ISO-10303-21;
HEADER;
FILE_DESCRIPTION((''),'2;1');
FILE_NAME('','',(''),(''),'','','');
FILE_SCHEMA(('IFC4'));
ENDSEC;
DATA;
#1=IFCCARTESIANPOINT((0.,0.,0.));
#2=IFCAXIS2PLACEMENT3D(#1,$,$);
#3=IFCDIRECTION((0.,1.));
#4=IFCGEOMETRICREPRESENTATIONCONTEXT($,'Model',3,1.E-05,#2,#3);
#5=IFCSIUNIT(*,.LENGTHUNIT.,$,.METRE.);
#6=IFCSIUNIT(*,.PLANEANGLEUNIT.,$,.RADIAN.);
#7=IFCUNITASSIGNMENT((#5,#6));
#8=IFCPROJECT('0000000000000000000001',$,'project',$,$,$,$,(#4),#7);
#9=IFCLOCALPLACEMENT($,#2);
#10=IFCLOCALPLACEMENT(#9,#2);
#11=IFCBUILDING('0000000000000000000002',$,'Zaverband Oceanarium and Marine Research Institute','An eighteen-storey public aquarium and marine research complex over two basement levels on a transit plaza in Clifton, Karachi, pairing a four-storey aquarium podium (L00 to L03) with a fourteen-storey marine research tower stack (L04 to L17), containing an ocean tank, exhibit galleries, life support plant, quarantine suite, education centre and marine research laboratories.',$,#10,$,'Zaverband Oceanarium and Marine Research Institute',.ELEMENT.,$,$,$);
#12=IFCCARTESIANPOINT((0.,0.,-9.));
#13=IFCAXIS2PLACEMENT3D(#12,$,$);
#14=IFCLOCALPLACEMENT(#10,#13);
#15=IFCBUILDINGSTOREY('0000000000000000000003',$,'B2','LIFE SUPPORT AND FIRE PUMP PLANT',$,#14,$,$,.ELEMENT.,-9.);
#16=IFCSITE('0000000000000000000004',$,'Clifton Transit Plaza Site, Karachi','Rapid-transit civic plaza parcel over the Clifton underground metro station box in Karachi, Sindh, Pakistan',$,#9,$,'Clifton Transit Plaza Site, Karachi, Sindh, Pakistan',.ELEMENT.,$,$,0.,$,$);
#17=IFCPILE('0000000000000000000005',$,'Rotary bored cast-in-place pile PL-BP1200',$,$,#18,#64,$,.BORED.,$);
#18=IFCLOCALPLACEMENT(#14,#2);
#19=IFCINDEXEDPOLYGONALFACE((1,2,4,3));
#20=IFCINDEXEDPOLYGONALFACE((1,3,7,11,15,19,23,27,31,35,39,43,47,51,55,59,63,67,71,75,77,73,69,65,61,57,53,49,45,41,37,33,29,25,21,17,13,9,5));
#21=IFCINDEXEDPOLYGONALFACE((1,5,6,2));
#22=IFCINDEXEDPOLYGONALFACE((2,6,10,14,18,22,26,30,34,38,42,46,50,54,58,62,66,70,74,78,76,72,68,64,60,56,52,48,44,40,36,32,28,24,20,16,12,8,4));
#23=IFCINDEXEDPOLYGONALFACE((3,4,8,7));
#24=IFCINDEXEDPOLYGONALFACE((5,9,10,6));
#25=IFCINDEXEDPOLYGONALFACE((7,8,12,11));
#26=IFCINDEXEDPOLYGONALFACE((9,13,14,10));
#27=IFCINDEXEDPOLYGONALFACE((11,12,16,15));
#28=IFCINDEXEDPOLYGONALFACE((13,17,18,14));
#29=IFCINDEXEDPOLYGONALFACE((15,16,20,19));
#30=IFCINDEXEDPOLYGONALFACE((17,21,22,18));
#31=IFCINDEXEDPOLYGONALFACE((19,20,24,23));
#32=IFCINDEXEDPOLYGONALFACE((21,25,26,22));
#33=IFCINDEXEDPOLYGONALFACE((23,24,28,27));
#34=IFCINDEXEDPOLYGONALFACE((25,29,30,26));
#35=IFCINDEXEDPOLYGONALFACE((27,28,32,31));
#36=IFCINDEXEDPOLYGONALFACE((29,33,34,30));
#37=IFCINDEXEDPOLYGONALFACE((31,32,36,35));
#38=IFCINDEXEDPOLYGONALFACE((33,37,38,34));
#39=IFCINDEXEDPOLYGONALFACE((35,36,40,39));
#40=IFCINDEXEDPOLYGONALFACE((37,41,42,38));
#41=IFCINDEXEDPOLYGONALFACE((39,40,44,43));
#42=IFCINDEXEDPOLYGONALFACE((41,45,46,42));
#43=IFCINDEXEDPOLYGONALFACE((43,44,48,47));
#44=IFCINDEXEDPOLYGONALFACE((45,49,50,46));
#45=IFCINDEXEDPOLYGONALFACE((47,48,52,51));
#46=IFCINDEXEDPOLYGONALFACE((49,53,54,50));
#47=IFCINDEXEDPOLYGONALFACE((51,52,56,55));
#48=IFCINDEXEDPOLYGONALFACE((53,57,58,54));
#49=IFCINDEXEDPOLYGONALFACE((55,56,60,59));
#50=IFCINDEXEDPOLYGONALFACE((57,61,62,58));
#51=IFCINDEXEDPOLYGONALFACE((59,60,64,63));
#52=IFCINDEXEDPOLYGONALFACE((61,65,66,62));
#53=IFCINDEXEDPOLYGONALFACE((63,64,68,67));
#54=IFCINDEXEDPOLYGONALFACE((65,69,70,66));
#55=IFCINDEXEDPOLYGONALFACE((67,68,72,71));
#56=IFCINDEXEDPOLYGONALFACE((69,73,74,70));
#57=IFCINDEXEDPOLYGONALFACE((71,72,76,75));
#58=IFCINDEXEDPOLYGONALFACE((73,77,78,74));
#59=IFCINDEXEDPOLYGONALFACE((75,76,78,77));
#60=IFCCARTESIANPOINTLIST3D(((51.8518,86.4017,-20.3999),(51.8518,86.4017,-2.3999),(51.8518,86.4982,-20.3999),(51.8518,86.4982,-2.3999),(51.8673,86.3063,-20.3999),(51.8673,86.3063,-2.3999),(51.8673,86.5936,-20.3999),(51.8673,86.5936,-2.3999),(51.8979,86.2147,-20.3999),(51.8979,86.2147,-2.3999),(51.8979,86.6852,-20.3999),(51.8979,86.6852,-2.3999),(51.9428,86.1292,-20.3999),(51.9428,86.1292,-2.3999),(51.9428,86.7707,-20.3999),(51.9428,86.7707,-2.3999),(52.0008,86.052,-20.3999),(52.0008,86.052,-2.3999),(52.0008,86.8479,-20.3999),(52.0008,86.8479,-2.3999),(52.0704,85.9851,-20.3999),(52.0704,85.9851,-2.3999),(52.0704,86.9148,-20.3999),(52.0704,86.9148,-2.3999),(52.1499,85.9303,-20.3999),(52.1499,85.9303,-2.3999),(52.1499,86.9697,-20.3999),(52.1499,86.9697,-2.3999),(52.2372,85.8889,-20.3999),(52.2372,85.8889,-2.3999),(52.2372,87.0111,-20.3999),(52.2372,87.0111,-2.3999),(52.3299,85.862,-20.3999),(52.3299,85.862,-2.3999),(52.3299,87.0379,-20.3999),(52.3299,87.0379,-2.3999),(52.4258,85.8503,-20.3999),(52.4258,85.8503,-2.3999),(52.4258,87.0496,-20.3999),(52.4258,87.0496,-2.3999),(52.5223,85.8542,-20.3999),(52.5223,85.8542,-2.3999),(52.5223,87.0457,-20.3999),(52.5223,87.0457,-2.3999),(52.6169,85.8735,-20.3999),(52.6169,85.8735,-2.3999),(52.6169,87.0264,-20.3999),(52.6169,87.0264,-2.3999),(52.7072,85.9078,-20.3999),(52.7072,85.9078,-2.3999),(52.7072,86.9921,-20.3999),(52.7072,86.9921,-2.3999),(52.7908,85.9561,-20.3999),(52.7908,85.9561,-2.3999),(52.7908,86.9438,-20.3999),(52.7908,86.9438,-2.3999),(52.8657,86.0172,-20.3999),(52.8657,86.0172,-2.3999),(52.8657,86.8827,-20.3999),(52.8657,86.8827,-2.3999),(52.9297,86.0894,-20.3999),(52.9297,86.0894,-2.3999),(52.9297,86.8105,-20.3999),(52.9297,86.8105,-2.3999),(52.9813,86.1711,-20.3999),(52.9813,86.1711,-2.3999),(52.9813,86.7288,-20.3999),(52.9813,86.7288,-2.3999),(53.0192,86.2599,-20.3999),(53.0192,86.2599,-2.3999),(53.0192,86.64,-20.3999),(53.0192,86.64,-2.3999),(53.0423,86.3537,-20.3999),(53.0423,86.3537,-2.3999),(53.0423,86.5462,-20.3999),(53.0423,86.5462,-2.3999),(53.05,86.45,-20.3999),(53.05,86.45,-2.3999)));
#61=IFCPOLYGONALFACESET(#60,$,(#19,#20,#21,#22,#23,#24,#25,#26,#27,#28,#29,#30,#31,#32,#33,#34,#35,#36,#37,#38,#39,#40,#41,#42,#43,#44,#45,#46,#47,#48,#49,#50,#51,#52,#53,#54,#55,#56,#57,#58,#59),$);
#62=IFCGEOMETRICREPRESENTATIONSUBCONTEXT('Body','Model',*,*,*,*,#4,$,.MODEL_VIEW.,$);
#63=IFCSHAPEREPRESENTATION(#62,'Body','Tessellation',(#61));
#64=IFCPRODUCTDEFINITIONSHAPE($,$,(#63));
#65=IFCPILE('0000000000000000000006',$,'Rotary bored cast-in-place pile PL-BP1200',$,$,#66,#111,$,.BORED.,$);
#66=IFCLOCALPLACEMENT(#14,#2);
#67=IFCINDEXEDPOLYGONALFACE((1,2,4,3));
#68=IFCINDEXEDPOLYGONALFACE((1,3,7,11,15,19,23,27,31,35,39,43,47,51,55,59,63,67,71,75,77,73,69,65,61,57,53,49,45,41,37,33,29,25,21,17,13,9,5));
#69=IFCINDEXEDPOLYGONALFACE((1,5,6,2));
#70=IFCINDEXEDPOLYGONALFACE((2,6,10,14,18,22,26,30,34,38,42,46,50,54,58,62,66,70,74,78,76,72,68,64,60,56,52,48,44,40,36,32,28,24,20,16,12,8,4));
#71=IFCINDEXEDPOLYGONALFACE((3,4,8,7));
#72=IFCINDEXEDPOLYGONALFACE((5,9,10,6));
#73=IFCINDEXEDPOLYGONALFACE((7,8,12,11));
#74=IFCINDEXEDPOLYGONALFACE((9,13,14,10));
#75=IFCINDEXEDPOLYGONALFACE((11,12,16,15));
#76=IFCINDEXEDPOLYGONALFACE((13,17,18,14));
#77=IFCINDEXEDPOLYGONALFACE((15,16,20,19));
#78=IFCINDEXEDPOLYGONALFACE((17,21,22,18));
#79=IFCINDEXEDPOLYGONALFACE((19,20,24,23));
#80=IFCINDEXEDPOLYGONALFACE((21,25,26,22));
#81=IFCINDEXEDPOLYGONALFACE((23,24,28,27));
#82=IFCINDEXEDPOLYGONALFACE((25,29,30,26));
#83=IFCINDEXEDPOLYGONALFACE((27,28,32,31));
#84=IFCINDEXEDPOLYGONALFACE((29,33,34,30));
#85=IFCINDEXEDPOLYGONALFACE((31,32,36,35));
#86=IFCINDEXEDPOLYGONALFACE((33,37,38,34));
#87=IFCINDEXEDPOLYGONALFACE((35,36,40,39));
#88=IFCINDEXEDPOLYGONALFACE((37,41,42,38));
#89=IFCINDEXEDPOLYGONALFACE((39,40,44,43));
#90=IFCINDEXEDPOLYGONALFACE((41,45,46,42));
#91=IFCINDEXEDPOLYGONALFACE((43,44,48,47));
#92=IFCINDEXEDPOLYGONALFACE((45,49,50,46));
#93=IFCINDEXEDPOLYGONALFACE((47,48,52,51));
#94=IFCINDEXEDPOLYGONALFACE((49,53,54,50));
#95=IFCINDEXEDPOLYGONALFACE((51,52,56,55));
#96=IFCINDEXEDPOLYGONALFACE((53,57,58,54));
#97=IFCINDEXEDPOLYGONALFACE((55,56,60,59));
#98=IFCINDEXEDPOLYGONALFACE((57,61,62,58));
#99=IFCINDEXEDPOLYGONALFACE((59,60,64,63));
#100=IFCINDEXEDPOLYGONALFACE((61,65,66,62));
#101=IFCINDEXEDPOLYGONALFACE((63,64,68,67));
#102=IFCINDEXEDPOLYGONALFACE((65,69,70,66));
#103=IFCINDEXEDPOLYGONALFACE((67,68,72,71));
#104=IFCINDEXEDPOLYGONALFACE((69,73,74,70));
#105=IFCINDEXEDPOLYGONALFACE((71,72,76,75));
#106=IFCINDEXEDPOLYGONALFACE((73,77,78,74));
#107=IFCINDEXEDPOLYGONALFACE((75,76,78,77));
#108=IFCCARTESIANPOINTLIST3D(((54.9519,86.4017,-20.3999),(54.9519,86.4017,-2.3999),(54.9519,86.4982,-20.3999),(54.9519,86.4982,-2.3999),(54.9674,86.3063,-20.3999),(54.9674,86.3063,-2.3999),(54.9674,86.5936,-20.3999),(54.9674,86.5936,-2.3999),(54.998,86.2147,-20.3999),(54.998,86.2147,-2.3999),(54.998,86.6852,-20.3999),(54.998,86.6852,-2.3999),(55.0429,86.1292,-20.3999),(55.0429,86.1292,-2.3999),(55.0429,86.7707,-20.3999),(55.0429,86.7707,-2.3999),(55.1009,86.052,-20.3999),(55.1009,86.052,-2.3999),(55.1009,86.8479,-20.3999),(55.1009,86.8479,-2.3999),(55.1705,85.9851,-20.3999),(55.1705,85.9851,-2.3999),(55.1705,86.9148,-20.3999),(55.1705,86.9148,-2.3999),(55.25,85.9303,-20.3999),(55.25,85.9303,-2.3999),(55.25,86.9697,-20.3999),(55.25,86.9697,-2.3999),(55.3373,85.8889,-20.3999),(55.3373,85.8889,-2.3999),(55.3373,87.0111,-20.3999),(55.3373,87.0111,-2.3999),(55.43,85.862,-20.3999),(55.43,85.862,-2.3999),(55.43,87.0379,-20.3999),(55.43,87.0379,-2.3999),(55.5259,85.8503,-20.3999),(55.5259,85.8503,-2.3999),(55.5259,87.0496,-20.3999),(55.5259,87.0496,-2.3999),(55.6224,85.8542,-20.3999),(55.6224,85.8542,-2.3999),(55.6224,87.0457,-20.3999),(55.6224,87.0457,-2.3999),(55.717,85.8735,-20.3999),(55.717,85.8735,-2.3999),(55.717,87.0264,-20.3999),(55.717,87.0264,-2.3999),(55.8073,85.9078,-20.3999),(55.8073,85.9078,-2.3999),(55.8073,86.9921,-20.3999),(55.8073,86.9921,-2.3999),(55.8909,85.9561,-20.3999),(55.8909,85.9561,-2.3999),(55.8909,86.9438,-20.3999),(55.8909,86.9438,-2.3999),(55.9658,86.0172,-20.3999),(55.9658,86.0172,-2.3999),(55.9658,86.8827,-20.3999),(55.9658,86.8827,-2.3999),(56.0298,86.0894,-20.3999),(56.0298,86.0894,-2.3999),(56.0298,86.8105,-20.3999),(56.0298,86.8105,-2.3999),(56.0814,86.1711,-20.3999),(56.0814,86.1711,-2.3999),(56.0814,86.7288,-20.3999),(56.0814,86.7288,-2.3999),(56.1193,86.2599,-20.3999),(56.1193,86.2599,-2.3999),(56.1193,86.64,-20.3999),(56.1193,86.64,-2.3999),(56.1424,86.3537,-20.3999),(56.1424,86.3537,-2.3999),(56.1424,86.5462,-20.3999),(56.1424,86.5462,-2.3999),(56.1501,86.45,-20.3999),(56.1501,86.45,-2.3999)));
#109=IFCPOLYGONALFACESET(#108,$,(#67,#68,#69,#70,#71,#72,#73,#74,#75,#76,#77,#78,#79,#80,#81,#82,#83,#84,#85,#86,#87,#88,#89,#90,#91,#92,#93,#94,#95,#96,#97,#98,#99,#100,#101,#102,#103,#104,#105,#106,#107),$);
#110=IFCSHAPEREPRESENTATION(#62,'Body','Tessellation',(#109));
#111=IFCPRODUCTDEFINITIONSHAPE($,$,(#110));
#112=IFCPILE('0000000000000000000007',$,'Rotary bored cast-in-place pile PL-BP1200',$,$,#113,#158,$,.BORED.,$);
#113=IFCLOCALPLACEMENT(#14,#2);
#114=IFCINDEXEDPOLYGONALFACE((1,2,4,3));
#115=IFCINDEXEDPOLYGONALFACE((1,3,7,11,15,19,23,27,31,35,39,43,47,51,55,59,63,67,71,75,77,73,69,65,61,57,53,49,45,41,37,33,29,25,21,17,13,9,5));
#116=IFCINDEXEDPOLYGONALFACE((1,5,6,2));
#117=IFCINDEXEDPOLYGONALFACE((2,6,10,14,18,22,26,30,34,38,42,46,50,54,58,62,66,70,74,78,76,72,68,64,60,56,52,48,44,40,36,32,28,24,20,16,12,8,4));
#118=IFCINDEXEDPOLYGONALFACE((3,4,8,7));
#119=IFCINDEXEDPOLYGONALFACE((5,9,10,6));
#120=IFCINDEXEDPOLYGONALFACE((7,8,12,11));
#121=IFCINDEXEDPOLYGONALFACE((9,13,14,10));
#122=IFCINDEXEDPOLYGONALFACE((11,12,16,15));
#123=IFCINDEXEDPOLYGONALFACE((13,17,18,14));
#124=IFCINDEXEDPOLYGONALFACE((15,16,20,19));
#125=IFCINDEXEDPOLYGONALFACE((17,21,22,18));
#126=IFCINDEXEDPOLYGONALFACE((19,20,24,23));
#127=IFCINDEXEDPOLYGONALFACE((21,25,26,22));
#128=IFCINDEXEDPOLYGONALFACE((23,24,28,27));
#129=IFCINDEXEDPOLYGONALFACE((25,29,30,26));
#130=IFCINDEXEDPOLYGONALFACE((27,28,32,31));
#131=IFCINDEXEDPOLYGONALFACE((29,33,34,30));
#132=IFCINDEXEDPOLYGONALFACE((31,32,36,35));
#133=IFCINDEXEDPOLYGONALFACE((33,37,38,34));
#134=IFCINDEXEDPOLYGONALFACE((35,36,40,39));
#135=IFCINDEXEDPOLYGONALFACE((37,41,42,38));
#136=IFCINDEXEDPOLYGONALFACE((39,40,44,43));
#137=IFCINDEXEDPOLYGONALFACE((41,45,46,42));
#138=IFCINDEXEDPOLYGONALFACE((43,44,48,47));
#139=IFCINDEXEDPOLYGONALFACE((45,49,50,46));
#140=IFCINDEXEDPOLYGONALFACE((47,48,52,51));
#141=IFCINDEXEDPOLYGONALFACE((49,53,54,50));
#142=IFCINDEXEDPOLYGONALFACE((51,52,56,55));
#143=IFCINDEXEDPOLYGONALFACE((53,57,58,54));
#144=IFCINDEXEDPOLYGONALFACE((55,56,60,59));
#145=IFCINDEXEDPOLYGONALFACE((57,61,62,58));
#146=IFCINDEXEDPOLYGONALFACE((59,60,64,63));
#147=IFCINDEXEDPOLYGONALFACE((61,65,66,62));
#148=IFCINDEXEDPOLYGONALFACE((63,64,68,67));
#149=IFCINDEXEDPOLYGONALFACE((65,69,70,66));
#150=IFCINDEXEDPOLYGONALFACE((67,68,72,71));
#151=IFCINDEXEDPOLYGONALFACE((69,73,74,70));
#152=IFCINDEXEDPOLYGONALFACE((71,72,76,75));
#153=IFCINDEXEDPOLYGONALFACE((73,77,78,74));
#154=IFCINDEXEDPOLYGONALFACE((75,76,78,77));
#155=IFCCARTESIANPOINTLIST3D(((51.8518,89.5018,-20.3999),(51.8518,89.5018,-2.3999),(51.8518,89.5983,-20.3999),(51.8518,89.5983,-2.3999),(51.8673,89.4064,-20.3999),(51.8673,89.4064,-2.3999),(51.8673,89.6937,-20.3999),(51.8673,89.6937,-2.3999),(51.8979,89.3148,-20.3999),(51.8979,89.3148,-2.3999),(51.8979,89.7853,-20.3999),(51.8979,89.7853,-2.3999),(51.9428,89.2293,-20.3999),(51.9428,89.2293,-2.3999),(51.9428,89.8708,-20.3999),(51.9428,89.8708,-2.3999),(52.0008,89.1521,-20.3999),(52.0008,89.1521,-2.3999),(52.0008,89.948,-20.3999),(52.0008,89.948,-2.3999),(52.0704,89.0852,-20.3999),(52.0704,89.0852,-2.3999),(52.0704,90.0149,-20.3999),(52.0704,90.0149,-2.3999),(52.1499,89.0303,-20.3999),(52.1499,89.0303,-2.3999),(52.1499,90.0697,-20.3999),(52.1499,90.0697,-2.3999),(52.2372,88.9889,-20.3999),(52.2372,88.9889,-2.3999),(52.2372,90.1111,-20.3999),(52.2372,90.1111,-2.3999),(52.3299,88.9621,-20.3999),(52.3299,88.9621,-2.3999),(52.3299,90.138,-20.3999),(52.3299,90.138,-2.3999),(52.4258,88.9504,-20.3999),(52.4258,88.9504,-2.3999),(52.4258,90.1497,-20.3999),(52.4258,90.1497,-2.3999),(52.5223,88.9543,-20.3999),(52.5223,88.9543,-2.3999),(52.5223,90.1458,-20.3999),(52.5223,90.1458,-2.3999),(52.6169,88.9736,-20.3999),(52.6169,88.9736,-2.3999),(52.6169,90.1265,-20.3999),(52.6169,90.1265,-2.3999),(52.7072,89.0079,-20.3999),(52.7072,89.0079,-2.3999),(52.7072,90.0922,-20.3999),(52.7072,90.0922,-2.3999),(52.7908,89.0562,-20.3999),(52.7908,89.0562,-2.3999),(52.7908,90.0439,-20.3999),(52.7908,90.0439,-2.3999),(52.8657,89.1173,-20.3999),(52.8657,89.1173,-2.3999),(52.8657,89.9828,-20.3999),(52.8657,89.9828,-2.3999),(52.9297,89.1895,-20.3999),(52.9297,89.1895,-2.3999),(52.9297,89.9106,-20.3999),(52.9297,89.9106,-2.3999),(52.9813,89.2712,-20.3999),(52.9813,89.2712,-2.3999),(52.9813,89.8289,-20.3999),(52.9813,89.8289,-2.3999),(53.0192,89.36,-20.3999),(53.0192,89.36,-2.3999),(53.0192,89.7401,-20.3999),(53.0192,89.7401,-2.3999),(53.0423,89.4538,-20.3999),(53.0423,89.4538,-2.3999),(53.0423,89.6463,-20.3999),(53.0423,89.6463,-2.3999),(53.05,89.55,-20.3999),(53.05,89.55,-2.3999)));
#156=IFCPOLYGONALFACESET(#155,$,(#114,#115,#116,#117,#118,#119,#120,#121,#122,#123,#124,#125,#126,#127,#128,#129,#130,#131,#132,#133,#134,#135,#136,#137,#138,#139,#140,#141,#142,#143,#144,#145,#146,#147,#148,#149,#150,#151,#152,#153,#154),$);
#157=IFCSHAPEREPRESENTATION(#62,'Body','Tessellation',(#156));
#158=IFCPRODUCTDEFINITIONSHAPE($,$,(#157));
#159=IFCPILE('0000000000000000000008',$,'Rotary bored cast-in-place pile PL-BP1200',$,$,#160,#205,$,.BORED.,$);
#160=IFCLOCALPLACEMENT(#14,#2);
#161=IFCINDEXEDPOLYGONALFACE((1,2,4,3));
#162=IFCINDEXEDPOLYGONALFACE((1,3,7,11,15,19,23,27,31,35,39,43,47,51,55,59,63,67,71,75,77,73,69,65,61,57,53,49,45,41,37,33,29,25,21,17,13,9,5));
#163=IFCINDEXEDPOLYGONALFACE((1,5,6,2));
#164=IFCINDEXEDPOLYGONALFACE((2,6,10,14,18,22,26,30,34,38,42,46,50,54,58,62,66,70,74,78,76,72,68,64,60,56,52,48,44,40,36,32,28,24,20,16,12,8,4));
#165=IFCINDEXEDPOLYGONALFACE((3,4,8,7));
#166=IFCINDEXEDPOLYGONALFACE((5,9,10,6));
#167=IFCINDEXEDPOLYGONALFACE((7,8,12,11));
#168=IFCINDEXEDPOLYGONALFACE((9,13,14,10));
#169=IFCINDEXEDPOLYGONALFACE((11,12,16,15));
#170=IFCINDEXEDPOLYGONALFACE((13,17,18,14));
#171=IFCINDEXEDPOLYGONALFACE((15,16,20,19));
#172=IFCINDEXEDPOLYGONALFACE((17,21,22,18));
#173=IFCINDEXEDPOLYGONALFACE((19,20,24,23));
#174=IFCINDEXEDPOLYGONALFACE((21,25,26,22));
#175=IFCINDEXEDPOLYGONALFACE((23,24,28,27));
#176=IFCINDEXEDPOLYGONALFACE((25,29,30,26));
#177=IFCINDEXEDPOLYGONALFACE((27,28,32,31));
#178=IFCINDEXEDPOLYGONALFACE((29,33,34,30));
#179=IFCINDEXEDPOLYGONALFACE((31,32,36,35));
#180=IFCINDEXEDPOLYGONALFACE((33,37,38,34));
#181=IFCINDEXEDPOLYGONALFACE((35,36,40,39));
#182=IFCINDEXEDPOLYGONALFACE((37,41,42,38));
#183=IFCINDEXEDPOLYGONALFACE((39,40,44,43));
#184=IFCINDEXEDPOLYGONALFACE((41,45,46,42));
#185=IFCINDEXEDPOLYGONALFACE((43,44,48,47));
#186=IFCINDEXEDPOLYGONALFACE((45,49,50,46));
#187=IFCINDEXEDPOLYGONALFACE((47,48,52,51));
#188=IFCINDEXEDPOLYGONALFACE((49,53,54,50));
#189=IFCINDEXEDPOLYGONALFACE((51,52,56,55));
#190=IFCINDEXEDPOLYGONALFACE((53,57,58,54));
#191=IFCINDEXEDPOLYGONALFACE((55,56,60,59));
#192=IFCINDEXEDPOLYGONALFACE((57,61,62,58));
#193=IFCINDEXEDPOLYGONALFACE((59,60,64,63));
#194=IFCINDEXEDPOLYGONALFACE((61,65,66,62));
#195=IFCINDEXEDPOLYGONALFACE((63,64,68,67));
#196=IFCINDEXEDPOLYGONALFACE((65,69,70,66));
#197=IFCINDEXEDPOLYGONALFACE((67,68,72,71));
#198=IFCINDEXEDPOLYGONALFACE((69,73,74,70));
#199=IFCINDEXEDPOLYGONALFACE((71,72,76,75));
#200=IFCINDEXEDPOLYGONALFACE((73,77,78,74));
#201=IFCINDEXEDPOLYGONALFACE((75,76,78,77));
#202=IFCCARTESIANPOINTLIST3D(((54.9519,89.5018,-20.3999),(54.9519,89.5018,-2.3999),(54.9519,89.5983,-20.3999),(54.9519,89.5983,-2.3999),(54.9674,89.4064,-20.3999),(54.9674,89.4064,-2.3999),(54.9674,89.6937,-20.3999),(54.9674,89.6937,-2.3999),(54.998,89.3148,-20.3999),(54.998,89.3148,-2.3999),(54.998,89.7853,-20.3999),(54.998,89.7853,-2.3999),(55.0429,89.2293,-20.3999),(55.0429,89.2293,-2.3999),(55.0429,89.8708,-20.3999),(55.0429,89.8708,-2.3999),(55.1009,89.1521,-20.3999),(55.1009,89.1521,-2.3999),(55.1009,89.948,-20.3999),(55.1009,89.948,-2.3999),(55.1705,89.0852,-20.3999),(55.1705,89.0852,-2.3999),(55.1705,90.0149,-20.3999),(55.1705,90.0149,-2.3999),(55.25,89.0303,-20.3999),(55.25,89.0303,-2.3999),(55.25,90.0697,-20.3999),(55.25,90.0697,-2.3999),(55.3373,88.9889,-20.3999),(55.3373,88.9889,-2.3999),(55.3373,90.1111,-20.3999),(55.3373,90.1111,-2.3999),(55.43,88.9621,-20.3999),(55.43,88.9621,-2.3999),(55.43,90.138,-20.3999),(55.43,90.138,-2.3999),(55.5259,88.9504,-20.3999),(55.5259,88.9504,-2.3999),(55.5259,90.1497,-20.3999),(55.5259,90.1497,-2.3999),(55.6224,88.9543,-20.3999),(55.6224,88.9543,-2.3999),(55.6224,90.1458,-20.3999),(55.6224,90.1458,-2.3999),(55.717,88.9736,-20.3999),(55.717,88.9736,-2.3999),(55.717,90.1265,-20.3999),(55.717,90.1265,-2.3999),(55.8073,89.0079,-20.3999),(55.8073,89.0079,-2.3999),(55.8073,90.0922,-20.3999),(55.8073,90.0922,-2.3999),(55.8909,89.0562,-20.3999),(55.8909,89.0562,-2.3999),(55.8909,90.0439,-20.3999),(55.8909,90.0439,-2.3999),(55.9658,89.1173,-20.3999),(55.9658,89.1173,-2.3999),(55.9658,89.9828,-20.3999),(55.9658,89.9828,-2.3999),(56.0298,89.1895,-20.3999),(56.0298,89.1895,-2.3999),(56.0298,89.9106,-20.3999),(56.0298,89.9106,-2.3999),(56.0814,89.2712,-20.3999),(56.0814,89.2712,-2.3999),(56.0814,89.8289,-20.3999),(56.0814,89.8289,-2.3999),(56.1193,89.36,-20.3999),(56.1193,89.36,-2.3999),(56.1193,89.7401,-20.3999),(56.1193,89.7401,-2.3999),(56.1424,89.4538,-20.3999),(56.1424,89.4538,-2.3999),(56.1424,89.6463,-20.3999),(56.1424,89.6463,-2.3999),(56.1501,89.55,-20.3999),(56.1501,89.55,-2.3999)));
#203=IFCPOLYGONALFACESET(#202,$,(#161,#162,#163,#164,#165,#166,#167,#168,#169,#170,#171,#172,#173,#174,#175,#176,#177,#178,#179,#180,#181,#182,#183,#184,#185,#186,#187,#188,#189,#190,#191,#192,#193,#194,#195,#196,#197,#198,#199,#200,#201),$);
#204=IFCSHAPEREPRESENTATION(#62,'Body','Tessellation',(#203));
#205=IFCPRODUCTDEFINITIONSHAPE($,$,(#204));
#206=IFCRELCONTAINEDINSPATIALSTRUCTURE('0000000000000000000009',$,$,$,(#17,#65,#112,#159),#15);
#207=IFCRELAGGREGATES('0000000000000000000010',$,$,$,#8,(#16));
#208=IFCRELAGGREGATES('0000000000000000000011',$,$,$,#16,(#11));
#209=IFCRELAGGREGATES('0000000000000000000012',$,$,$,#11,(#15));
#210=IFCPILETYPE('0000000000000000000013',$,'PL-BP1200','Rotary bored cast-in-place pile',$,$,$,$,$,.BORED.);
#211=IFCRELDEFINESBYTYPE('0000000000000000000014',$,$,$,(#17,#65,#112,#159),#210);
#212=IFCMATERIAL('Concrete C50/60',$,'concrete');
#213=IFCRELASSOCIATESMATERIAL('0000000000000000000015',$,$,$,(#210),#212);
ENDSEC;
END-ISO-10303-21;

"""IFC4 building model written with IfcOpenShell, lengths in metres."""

from ifc_helpers import new_model, si_unit, direction, frame, origin, origin_2d, place, context, subcontext, project, spatial, circle, extrude, material, material_profile, profile_set, type_object, element, save


model = new_model("IFC4")

# Units and contexts
model_context = context("Model", 3, precision=1e-05, world=origin(), true_north=direction((0.0, 1.0)))
body_context = subcontext(model_context, "Body", "Model", "MODEL_VIEW")
ifc_project = project(units=[si_unit("LENGTHUNIT", "METRE"), si_unit("PLANEANGLEUNIT", "RADIAN")], contexts=[model_context])

# Site, building, storey
site_placement = place(None, origin())
site = spatial("IfcSite", under=ifc_project, at=site_placement, Name="Clifton Transit Plaza Site, Karachi", Description="Rapid-transit civic plaza parcel over the Clifton underground metro station box in Karachi, Sindh, Pakistan", LongName="Clifton Transit Plaza Site, Karachi, Sindh, Pakistan", CompositionType="ELEMENT", RefElevation=0.0)
building_placement = place(site_placement, origin())
building = spatial("IfcBuilding", under=site, at=building_placement, Name="Zaverband Oceanarium and Marine Research Institute", Description="An eighteen-storey public aquarium and marine research complex over two basement levels on a transit plaza in Clifton, Karachi, pairing a four-storey aquarium podium (L00 to L03) with a fourteen-storey marine research tower stack (L04 to L17), containing an ocean tank, exhibit galleries, life support plant, quarantine suite, education centre and marine research laboratories.", LongName="Zaverband Oceanarium and Marine Research Institute", CompositionType="ELEMENT")
storey_placement = place(building_placement, frame((0.0, 0.0, -9.0)))
storey = spatial("IfcBuildingStorey", under=building, at=storey_placement, Name="B2", Description="LIFE SUPPORT AND FIRE PUMP PLANT", CompositionType="ELEMENT", Elevation=-9.0)

# Shared definitions
ifc_material_1 = material(Name="Concrete C50/60", Category="concrete")

# Piles
ifc_material_profile_1 = material_profile(ifc_material_1, circle(Radius=0.6001, at=origin_2d()), Name="BP1200")
ifc_profile_set_1 = profile_set([ifc_material_profile_1], Name="Concrete C50/60")
pile_type = type_object("IfcPileType", Name="PL-BP1200", Description="Rotary bored cast-in-place pile", PredefinedType="BORED", material=ifc_profile_set_1)
for number, where, z_axis, x_axis, name in (
    (1, (52.45, 86.45, -2.3999), (0.0, 0.0, -1.0), (1.0, 0.0, 0.0), "Rotary bored cast-in-place pile PL-BP1200"),
    (2, (55.55, 86.45, -2.3999), (0.0, 0.0, -1.0), (1.0, 0.0, 0.0), "Rotary bored cast-in-place pile PL-BP1200"),
    (3, (52.45, 89.55, -2.3999), (0.0, 0.0, -1.0), (1.0, 0.0, 0.0), "Rotary bored cast-in-place pile PL-BP1200"),
    (4, (55.55, 89.55, -2.3999), (0.0, 0.0, -1.0), (1.0, 0.0, 0.0), "Rotary bored cast-in-place pile PL-BP1200"),
):
    element("IfcPile", number, at=place(storey_placement, frame(where, z_axis=z_axis, x_axis=x_axis)), inside=storey, type_object=pile_type, Name=name, PredefinedType="BORED", context=body_context, shape_type="SweptSolid", body=[
        extrude(circle(Radius=0.6001, at=origin_2d()), origin(), (0.0, 0.0, 1.0), 18.0),
    ])

save(model, "model.ifc")
